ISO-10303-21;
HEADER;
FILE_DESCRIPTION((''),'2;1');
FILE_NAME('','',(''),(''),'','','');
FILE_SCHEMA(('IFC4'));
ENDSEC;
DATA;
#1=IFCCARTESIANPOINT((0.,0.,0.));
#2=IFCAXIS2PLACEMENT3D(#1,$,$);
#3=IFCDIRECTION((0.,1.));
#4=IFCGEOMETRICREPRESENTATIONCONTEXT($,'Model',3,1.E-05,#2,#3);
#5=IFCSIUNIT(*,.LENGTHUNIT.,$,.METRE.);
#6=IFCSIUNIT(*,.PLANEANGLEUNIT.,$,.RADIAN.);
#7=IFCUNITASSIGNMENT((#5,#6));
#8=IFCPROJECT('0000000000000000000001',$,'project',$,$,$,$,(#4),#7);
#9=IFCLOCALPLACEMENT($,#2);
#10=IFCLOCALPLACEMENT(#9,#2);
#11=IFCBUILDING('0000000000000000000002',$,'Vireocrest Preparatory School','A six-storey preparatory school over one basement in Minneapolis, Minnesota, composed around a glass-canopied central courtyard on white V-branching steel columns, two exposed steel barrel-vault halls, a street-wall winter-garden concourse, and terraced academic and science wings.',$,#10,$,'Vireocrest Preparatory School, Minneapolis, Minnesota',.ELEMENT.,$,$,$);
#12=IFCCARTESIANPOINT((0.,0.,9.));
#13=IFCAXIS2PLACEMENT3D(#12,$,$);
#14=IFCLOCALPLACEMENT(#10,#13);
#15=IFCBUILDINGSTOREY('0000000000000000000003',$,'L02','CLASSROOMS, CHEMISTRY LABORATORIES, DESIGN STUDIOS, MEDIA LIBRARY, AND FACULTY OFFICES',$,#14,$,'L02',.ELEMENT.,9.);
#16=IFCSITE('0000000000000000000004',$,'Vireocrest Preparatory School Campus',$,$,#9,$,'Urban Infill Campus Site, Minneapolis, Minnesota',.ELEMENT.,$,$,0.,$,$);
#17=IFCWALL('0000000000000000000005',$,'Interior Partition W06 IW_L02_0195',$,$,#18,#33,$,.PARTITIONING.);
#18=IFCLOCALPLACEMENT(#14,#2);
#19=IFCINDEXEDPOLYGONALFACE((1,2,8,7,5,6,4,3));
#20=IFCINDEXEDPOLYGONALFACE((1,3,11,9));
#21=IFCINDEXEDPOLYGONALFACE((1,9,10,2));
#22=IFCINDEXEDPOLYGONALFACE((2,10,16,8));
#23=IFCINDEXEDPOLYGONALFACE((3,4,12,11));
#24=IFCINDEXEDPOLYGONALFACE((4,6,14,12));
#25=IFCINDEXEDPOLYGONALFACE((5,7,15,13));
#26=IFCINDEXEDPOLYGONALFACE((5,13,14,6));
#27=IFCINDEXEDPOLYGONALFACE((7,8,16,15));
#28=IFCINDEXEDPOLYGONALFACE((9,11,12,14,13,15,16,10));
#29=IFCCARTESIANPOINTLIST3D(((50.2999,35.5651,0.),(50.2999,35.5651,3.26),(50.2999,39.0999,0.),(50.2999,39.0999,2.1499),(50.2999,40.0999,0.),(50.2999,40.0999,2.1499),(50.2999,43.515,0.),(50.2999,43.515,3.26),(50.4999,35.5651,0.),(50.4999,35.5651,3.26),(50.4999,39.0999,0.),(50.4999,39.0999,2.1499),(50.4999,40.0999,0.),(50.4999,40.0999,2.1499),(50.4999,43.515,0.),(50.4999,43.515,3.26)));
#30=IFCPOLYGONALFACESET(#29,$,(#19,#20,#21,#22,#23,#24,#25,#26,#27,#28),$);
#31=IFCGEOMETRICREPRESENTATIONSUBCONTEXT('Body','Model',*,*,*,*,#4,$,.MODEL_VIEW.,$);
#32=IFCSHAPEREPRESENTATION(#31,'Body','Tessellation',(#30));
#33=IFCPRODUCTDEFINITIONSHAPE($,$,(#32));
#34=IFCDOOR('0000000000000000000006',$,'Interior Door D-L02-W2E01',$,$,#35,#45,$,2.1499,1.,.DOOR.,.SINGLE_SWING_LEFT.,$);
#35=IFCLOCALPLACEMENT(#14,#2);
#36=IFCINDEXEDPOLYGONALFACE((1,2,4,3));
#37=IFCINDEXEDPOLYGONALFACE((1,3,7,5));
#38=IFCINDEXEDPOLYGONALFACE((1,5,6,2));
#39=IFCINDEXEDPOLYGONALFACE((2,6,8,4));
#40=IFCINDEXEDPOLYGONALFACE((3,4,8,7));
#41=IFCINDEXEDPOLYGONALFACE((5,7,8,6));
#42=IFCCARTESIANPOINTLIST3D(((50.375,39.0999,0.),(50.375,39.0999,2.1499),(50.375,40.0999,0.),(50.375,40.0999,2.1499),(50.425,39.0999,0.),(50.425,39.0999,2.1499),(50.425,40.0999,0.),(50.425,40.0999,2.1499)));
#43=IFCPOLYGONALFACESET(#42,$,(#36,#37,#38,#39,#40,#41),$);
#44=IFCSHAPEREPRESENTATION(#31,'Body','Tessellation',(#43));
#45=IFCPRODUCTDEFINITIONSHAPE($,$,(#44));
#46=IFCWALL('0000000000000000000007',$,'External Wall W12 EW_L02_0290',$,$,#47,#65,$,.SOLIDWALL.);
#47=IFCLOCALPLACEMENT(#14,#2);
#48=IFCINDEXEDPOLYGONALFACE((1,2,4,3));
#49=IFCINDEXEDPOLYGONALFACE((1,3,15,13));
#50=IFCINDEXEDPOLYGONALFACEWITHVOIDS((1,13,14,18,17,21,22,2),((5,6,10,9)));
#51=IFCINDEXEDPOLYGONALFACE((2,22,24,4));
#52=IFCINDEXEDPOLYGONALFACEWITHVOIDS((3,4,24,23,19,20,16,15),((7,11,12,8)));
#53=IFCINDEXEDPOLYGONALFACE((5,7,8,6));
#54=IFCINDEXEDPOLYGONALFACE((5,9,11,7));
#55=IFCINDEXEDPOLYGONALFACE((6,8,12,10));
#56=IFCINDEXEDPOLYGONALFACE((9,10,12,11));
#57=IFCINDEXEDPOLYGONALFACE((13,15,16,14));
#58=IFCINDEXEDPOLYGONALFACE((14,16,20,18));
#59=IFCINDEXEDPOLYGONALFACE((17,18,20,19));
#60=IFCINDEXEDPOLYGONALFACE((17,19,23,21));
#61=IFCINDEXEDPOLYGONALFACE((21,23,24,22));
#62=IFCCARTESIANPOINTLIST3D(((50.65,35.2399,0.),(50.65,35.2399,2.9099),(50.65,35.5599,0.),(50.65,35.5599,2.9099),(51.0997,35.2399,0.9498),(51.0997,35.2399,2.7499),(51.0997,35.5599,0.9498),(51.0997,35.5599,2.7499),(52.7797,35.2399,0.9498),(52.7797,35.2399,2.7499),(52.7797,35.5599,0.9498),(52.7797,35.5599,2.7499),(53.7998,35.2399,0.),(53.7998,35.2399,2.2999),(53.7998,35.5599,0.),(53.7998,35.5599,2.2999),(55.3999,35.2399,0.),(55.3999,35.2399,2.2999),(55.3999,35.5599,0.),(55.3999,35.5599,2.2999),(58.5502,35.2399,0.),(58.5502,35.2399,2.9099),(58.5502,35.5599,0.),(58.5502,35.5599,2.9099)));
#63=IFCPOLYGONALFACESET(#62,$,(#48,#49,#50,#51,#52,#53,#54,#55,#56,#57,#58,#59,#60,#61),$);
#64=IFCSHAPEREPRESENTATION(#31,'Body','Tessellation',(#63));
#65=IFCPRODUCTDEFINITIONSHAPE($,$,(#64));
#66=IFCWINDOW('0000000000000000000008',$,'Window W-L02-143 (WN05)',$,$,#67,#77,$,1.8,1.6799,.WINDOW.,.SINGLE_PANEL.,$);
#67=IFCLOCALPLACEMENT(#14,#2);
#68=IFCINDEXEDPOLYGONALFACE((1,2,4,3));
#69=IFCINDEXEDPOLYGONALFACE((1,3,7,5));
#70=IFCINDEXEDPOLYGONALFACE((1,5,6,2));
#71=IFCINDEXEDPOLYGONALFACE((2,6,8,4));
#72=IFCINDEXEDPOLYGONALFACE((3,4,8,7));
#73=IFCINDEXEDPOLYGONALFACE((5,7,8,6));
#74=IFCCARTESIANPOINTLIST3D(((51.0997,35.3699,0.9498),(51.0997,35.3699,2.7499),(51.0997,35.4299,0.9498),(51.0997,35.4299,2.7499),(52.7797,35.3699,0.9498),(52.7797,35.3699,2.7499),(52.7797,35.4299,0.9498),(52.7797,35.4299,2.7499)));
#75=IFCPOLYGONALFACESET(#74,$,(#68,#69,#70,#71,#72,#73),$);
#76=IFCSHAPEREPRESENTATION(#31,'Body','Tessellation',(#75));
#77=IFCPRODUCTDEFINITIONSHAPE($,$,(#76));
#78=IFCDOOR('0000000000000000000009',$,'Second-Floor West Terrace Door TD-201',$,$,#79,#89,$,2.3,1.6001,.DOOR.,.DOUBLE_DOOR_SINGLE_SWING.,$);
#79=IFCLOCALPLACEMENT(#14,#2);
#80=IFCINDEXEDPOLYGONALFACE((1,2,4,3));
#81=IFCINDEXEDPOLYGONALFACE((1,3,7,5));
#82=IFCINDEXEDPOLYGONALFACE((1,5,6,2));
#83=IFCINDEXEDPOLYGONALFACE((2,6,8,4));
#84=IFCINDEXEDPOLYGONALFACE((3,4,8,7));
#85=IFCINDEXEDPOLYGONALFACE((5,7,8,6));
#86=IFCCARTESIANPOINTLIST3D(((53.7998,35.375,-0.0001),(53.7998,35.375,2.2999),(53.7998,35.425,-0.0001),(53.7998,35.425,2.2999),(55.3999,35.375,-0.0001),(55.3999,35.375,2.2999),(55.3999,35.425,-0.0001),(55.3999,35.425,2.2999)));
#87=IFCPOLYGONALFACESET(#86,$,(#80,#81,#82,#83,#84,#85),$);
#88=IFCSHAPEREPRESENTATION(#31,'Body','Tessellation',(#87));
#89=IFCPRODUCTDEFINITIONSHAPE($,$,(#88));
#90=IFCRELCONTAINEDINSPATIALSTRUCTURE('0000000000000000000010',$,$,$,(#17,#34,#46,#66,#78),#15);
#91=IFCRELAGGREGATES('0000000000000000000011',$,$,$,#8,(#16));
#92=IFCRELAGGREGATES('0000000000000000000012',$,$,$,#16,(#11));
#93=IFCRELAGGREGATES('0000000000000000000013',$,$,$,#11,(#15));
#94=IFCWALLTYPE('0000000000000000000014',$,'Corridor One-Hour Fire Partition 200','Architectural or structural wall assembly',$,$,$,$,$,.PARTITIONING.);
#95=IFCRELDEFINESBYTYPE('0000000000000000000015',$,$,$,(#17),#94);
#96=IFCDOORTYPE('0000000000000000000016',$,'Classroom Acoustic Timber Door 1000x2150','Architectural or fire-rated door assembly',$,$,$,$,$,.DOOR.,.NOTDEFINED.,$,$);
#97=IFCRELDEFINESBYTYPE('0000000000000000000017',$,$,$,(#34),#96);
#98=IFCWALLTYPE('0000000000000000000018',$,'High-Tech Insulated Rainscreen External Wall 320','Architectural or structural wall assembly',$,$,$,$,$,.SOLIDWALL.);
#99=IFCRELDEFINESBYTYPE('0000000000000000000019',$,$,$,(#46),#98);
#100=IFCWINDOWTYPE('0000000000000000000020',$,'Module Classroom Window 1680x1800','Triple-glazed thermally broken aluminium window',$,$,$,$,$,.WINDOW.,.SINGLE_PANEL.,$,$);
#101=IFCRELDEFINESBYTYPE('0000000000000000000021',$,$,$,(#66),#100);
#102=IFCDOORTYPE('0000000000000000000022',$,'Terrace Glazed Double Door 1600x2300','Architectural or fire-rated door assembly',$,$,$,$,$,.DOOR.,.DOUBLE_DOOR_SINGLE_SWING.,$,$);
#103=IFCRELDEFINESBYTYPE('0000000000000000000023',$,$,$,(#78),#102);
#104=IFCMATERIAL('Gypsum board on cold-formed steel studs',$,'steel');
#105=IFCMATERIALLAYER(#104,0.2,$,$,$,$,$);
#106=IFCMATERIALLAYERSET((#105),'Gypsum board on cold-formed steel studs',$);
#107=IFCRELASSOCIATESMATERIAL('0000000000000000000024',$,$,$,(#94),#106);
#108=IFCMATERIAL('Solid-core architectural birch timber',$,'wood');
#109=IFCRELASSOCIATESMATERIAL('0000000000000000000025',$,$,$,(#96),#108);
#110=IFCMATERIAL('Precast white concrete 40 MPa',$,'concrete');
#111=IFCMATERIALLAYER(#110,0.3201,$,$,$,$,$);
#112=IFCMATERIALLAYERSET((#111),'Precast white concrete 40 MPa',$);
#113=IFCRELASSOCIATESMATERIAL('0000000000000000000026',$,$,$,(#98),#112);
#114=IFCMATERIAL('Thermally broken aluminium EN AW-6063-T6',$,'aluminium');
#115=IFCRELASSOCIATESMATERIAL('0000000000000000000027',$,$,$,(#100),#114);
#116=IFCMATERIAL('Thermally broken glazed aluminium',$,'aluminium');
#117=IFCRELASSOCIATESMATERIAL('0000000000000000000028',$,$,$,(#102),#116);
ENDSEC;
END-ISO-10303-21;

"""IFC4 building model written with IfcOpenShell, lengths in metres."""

from ifc_helpers import new_model, si_unit, direction, frame, frame_2d, origin, place, context, subcontext, project, spatial, rectangle, extrude, material, layer, layer_set, type_object, element, fill, save


model = new_model("IFC4")

# Units and contexts
model_context = context("Model", 3, precision=1e-05, world=origin(), true_north=direction((0.0, 1.0)))
body_context = subcontext(model_context, "Body", "Model", "MODEL_VIEW")
ifc_project = project(units=[si_unit("LENGTHUNIT", "METRE"), si_unit("PLANEANGLEUNIT", "RADIAN")], contexts=[model_context])

# Site, building, storey
site_placement = place(None, origin())
site = spatial("IfcSite", under=ifc_project, at=site_placement, Name="Vireocrest Preparatory School Campus", LongName="Urban Infill Campus Site, Minneapolis, Minnesota", CompositionType="ELEMENT", RefElevation=0.0)
building_placement = place(site_placement, origin())
building = spatial("IfcBuilding", under=site, at=building_placement, Name="Vireocrest Preparatory School", Description="A six-storey preparatory school over one basement in Minneapolis, Minnesota, composed around a glass-canopied central courtyard on white V-branching steel columns, two exposed steel barrel-vault halls, a street-wall winter-garden concourse, and terraced academic and science wings.", LongName="Vireocrest Preparatory School, Minneapolis, Minnesota", CompositionType="ELEMENT")
storey_placement = place(building_placement, frame((0.0, 0.0, 9.0)))
storey = spatial("IfcBuildingStorey", under=building, at=storey_placement, Name="L02", Description="CLASSROOMS, CHEMISTRY LABORATORIES, DESIGN STUDIOS, MEDIA LIBRARY, AND FACULTY OFFICES", LongName="L02", CompositionType="ELEMENT", Elevation=9.0)

# Shared definitions
ifc_material_1 = material(Name="Gypsum board on cold-formed steel studs", Category="steel")
ifc_layer_1 = layer(ifc_material_1, 0.2)
ifc_layer_set_1 = layer_set([ifc_layer_1], Name="Gypsum board on cold-formed steel studs")
wall_type_1 = type_object("IfcWallType", Name="Corridor One-Hour Fire Partition 200", Description="Architectural or structural wall assembly", PredefinedType="PARTITIONING", material=ifc_layer_set_1)
ifc_material_2 = material(Name="Solid-core architectural birch timber", Category="wood")
door_type_1 = type_object("IfcDoorType", Name="Classroom Acoustic Timber Door 1000x2150", Description="Architectural or fire-rated door assembly", OperationType="NOTDEFINED", PredefinedType="DOOR", material=ifc_material_2)

# Wall, opening, door
wall_1_placement = place(storey_placement, frame((50.3999, 35.5649, 0.0), z_axis=(0.0, 0.0, 1.0), x_axis=(0.0, 1.0, 0.0)))
wall_1 = element("IfcWall", 1, at=wall_1_placement, inside=storey, type_object=wall_type_1, Name="Interior Partition W06 IW_L02_0195", PredefinedType="PARTITIONING", context=body_context, shape_type="SweptSolid", body=[
    extrude(rectangle(XDim=7.95, YDim=0.2, at=frame_2d((3.9751, 0.0))), origin(), (0.0, 0.0, 1.0), 3.26),
])
opening_1_placement = place(wall_1_placement, frame((3.5349, 0.0, 0.0)))
opening_1 = element("IfcOpeningElement", 2, at=opening_1_placement, cuts=wall_1, PredefinedType="OPENING", context=body_context, shape_type="SweptSolid", body=[
    extrude(rectangle(XDim=1.0, YDim=2.1499, at=frame_2d((0.5, 1.075))), frame((0.0, 0.1099, 0.0), z_axis=(0.0, -1.0, 0.0), x_axis=(1.0, 0.0, 0.0)), (0.0, 0.0, 1.0), 0.22),
])
door_1_placement = place(opening_1_placement, origin())
door_1 = element("IfcDoor", 3, at=door_1_placement, inside=storey, type_object=door_type_1, Name="Interior Door D-L02-W2E01", OperationType="SINGLE_SWING_LEFT", OverallHeight=2.1499, OverallWidth=1.0, PredefinedType="DOOR", context=body_context, shape_type="SweptSolid", body=[
    extrude(rectangle(XDim=1.0, YDim=2.1499, at=frame_2d((0.5, 1.075))), frame((0.0, 0.0249, 0.0), z_axis=(0.0, -1.0, 0.0), x_axis=(1.0, 0.0, 0.0)), (0.0, 0.0, 1.0), 0.05),
])
fill(opening_1, door_1)

# Wall, openings, window, door
ifc_material_3 = material(Name="Precast white concrete 40 MPa", Category="concrete")
ifc_layer_2 = layer(ifc_material_3, 0.3201)
ifc_layer_set_2 = layer_set([ifc_layer_2], Name="Precast white concrete 40 MPa")
wall_type_2 = type_object("IfcWallType", Name="High-Tech Insulated Rainscreen External Wall 320", Description="Architectural or structural wall assembly", PredefinedType="SOLIDWALL", material=ifc_layer_set_2)
wall_2_placement = place(storey_placement, frame((50.6499, 35.3999, 0.0), z_axis=(0.0, 0.0, 1.0), x_axis=(1.0, 0.0, 0.0)))
wall_2 = element("IfcWall", 4, at=wall_2_placement, inside=storey, type_object=wall_type_2, Name="External Wall W12 EW_L02_0290", PredefinedType="SOLIDWALL", context=body_context, shape_type="SweptSolid", body=[
    extrude(rectangle(XDim=7.9001, YDim=0.3201, at=frame_2d((3.9502, 0.0))), origin(), (0.0, 0.0, 1.0), 2.9099),
])
opening_2_placement = place(wall_2_placement, frame((4.75, 0.0, 0.0), z_axis=(0.0, 0.0, 1.0), x_axis=(-1.0, 0.0, 0.0)))
opening_2 = element("IfcOpeningElement", 5, at=opening_2_placement, cuts=wall_2, PredefinedType="OPENING", context=body_context, shape_type="SweptSolid", body=[
    extrude(rectangle(XDim=1.6001, YDim=2.3, at=frame_2d((0.8, 1.1499))), frame((0.0, 0.1699, 0.0), z_axis=(0.0, -1.0, 0.0), x_axis=(1.0, 0.0, 0.0)), (0.0, 0.0, 1.0), 0.3401),
])
opening_3_placement = place(wall_2_placement, frame((0.45, 0.0, 0.95)))
opening_3 = element("IfcOpeningElement", 6, at=opening_3_placement, cuts=wall_2, PredefinedType="OPENING", context=body_context, shape_type="SweptSolid", body=[
    extrude(rectangle(XDim=1.6799, YDim=1.8, at=frame_2d((0.8398, 0.8999))), frame((0.0, 0.1699, 0.0), z_axis=(0.0, -1.0, 0.0), x_axis=(1.0, 0.0, 0.0)), (0.0, 0.0, 1.0), 0.3401),
])
ifc_material_4 = material(Name="Thermally broken aluminium EN AW-6063-T6", Category="aluminium")
window_type = type_object("IfcWindowType", Name="Module Classroom Window 1680x1800", Description="Triple-glazed thermally broken aluminium window", PartitioningType="SINGLE_PANEL", PredefinedType="WINDOW", material=ifc_material_4)
window_placement = place(opening_3_placement, origin())
window = element("IfcWindow", 7, at=window_placement, inside=storey, type_object=window_type, Name="Window W-L02-143 (WN05)", OverallHeight=1.8, OverallWidth=1.6799, PartitioningType="SINGLE_PANEL", PredefinedType="WINDOW", context=body_context, shape_type="SweptSolid", body=[
    extrude(rectangle(XDim=1.6799, YDim=1.8, at=frame_2d((0.8398, 0.8999))), frame((0.0, 0.03, 0.0), z_axis=(0.0, -1.0, 0.0), x_axis=(1.0, 0.0, 0.0)), (0.0, 0.0, 1.0), 0.0601),
])
fill(opening_3, window)
ifc_material_5 = material(Name="Thermally broken glazed aluminium", Category="aluminium")
door_type_2 = type_object("IfcDoorType", Name="Terrace Glazed Double Door 1600x2300", Description="Architectural or fire-rated door assembly", OperationType="DOUBLE_DOOR_SINGLE_SWING", PredefinedType="DOOR", material=ifc_material_5)
door_2_placement = place(opening_2_placement, origin())
door_2 = element("IfcDoor", 8, at=door_2_placement, inside=storey, type_object=door_type_2, Name="Second-Floor West Terrace Door TD-201", OperationType="DOUBLE_DOOR_SINGLE_SWING", OverallHeight=2.3, OverallWidth=1.6001, PredefinedType="DOOR", context=body_context, shape_type="SweptSolid", body=[
    extrude(rectangle(XDim=1.6001, YDim=2.3, at=frame_2d((0.8, 1.1499))), frame((0.0, 0.0249, 0.0), z_axis=(0.0, -1.0, 0.0), x_axis=(1.0, 0.0, 0.0)), (0.0, 0.0, 1.0), 0.05),
])
fill(opening_2, door_2)

save(model, "model.ifc")
